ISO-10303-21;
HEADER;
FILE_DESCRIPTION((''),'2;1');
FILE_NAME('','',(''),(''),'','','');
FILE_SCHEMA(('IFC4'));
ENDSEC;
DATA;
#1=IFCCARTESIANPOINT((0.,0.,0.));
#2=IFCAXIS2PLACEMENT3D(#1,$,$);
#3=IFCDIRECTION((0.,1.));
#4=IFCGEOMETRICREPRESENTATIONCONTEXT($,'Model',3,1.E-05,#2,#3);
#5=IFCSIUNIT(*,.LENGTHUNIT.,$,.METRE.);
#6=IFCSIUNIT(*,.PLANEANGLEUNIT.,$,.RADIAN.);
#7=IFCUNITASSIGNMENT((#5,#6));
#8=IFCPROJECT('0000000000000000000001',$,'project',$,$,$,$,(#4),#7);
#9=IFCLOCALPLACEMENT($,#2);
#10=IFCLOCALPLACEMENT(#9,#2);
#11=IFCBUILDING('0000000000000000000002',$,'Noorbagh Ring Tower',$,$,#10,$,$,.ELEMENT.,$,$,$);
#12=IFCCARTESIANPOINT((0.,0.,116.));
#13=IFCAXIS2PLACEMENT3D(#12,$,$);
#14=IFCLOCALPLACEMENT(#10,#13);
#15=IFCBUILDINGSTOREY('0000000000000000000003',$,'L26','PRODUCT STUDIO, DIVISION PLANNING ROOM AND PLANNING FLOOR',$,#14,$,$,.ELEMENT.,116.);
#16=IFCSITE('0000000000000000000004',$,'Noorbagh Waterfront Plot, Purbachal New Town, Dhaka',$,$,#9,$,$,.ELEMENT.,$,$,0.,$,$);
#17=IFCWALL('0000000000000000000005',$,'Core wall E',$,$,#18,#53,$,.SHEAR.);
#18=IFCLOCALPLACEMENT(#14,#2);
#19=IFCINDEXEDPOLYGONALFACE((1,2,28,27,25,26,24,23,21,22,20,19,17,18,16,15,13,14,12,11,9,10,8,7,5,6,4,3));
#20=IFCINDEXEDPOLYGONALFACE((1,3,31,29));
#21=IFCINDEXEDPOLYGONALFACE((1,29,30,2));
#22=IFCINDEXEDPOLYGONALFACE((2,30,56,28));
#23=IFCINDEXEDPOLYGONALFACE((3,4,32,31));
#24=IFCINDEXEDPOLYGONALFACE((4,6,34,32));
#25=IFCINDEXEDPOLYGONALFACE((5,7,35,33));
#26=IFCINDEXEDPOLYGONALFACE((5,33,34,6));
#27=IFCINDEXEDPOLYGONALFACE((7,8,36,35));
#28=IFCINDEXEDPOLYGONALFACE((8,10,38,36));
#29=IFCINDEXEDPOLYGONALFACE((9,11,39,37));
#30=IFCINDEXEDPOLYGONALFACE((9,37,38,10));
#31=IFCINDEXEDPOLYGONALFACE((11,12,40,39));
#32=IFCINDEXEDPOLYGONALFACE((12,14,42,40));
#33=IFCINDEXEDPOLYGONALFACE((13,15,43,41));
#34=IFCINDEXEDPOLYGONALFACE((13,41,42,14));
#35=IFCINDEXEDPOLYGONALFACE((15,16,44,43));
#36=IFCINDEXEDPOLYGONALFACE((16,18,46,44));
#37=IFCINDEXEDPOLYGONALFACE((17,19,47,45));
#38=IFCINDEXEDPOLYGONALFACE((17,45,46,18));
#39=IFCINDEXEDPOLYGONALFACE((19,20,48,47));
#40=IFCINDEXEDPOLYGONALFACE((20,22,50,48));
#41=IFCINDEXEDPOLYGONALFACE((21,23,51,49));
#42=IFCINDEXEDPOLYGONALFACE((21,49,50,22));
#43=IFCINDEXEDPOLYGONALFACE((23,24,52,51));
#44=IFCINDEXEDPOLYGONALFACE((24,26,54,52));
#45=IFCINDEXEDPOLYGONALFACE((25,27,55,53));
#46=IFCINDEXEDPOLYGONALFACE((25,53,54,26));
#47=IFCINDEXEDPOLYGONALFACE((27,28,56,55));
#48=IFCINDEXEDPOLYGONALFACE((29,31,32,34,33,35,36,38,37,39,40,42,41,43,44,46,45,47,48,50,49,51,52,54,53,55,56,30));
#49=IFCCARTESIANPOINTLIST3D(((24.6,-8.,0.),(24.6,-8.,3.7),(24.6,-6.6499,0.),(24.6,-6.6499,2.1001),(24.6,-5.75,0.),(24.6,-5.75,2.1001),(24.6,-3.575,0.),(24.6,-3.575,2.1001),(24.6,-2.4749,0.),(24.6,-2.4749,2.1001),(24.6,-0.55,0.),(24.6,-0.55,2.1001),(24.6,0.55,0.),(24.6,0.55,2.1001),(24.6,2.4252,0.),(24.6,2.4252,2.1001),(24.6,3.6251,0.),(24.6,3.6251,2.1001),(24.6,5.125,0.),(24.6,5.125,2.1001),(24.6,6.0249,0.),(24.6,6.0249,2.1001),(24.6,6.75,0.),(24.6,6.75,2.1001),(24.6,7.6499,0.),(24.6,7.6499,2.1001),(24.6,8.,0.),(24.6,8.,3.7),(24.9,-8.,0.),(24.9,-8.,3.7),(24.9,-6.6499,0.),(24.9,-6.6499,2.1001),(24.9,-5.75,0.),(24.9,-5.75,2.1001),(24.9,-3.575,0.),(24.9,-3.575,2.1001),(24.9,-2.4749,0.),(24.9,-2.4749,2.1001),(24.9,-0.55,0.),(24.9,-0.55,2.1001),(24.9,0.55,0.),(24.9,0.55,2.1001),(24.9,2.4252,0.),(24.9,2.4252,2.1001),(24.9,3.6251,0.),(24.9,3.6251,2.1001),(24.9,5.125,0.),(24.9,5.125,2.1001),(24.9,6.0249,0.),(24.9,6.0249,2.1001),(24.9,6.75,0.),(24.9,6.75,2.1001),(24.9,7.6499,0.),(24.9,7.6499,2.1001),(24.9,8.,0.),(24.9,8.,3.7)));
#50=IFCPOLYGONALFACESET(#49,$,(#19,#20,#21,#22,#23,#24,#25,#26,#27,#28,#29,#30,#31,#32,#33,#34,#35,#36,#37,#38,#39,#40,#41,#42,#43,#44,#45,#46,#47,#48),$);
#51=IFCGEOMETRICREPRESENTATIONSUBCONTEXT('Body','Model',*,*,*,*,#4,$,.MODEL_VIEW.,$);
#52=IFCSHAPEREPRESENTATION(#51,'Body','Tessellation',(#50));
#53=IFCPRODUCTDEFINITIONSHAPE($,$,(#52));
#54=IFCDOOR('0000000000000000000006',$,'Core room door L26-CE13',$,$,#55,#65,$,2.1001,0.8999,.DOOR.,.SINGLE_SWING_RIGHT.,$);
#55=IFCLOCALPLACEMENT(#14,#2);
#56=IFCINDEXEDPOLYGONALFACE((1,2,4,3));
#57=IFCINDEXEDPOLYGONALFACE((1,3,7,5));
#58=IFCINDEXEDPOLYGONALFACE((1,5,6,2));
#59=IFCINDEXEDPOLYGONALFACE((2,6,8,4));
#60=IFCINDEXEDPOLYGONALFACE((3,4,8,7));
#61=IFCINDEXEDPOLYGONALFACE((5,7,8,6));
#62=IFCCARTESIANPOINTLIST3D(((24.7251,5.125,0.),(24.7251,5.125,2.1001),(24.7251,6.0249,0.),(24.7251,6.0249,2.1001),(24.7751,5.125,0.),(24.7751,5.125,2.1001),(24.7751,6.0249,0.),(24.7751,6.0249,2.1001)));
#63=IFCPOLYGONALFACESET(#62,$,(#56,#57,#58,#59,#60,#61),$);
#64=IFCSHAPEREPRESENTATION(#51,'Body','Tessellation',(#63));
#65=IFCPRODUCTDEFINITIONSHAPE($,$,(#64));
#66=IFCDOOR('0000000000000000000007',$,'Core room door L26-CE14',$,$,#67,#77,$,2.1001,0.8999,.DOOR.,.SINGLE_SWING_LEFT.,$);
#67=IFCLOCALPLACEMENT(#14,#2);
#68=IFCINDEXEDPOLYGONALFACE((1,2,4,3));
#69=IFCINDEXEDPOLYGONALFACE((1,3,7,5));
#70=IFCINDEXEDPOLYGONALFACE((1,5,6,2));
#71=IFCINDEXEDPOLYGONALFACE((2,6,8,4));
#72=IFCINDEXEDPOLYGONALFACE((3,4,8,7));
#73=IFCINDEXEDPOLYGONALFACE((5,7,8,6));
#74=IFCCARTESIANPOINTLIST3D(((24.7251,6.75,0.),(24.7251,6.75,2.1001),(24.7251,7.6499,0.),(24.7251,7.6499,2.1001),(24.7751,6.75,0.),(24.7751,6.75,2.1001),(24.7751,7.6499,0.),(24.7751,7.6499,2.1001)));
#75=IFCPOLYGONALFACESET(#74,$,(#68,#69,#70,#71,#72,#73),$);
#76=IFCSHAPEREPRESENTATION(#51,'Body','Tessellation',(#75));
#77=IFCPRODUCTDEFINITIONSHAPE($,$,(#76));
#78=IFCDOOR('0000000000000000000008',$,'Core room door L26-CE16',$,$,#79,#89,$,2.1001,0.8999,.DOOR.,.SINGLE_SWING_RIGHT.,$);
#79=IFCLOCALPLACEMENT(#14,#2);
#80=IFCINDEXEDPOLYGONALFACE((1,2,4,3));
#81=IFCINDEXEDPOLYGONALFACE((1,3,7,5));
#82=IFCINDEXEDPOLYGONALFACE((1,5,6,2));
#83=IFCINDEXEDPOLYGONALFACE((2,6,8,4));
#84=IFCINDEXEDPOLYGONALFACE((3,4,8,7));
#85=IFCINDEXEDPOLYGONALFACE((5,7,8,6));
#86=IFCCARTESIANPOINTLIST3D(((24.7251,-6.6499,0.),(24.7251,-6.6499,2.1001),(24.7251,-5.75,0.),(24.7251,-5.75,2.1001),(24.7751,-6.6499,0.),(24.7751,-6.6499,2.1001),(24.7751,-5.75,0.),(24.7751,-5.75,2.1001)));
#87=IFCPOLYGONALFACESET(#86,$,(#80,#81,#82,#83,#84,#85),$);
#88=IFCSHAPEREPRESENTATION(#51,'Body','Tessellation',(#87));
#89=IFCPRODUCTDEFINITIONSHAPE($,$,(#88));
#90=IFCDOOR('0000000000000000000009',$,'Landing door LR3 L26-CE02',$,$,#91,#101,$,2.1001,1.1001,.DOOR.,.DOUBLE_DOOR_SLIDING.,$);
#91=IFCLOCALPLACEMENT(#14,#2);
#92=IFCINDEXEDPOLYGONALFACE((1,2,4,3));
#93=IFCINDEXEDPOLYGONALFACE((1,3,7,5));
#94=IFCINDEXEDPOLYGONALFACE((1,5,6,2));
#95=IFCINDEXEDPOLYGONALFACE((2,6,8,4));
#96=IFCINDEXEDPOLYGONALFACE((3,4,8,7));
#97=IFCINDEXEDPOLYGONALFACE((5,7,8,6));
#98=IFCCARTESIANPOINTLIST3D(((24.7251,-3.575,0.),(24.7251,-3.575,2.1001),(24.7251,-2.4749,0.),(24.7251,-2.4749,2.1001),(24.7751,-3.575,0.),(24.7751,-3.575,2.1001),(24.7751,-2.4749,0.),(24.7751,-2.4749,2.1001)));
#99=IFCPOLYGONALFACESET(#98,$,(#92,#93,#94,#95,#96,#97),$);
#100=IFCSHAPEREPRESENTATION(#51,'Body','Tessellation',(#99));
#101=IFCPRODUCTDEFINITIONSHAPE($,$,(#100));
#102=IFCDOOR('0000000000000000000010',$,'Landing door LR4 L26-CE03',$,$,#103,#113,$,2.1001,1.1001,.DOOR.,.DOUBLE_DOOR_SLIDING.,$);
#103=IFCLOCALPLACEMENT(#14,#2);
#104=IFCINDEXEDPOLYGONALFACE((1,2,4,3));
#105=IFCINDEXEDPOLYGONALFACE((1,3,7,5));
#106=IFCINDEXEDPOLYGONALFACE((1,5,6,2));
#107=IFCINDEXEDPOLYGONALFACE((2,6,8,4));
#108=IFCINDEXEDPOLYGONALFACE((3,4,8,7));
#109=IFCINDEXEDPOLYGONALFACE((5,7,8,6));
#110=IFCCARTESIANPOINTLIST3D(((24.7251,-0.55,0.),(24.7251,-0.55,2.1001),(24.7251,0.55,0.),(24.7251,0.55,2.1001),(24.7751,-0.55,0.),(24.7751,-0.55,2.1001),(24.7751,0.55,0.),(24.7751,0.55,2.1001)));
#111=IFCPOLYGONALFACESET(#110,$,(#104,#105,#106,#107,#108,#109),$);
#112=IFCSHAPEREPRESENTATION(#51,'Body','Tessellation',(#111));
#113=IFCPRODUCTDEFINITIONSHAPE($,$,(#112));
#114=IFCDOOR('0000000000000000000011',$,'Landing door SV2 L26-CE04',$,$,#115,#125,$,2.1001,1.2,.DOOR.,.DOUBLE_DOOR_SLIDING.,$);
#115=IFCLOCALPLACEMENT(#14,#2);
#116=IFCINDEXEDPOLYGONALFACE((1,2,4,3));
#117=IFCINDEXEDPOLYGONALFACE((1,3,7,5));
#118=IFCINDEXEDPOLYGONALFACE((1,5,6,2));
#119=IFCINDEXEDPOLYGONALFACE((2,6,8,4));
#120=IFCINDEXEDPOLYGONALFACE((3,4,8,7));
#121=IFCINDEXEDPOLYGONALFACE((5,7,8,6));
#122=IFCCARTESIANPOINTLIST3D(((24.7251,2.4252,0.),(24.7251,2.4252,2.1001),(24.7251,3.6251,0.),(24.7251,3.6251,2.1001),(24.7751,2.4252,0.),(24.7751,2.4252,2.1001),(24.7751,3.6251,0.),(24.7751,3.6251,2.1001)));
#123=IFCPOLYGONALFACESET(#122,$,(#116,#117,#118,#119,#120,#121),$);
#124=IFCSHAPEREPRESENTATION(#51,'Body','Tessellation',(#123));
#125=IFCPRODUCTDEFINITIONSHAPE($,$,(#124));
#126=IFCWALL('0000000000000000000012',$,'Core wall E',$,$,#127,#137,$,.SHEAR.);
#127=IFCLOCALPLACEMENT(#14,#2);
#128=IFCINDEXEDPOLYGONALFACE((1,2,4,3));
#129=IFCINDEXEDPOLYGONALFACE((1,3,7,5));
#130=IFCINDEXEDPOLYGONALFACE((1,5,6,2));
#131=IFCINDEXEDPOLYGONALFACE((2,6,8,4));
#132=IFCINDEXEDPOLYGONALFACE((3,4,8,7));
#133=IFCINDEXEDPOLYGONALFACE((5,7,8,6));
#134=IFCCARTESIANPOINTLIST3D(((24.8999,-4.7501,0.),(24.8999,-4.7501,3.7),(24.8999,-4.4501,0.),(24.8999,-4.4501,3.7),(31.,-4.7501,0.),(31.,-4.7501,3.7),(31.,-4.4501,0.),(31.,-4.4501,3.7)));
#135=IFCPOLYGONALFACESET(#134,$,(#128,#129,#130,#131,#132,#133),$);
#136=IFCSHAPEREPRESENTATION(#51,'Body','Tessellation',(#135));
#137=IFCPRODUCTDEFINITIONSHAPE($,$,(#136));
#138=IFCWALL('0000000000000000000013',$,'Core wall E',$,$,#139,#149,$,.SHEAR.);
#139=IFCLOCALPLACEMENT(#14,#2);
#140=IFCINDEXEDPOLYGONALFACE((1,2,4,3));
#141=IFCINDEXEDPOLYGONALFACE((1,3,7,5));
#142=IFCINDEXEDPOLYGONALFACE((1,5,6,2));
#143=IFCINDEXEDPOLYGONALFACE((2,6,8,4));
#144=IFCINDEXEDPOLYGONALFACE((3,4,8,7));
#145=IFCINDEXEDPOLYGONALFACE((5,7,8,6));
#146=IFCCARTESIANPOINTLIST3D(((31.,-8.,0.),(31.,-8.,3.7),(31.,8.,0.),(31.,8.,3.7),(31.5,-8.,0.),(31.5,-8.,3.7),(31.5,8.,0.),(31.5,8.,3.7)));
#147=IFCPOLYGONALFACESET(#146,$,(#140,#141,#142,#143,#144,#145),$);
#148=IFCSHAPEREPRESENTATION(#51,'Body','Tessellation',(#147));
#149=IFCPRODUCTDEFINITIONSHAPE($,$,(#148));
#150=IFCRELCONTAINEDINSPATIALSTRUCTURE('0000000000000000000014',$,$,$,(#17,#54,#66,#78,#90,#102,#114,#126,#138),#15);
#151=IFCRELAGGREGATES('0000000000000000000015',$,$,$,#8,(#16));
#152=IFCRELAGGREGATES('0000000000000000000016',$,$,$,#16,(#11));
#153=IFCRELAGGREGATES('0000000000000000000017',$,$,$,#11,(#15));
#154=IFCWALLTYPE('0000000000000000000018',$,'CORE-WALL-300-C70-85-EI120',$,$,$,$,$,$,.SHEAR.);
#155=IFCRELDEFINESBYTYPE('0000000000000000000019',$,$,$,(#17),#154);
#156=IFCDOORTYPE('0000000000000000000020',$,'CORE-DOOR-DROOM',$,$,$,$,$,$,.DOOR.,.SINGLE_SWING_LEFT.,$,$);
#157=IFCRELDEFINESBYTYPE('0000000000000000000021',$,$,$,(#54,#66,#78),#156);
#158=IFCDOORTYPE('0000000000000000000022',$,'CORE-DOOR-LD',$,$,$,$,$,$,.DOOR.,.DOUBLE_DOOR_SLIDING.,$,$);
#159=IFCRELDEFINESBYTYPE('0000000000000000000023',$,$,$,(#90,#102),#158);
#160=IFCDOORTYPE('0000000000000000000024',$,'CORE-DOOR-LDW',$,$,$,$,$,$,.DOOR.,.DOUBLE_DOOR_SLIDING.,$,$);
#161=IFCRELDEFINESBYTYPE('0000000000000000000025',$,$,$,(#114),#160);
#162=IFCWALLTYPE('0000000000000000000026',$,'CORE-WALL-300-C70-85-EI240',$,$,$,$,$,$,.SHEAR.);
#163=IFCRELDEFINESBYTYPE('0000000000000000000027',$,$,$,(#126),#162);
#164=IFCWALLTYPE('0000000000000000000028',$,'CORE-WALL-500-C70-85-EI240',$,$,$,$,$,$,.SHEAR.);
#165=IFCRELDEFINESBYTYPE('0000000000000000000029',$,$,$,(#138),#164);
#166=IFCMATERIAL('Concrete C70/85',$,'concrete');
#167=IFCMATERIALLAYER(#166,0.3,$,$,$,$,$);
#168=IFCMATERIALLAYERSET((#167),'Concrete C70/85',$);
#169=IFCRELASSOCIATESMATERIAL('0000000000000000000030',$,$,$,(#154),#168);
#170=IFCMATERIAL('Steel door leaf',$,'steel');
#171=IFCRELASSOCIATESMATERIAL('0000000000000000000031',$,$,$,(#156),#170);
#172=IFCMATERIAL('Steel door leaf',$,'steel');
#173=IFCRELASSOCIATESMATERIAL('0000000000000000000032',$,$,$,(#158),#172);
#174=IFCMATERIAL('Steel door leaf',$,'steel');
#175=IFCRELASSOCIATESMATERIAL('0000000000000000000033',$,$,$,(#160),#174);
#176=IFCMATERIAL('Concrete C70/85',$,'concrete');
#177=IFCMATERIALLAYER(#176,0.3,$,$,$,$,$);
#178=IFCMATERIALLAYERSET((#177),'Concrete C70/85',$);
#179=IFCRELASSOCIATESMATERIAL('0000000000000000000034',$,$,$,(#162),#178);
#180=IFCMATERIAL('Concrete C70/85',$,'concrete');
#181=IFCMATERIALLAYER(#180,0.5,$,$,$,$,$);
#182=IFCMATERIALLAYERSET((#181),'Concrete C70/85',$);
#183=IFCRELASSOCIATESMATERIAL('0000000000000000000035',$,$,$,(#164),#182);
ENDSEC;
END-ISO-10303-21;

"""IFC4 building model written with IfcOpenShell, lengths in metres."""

from ifc_helpers import new_model, si_unit, direction, frame, frame_2d, origin, place, context, subcontext, project, spatial, rectangle, extrude, material, layer, layer_set, type_object, element, fill, save


model = new_model("IFC4")

# Units and contexts
model_context = context("Model", 3, precision=1e-05, world=origin(), true_north=direction((0.0, 1.0)))
body_context = subcontext(model_context, "Body", "Model", "MODEL_VIEW")
ifc_project = project(units=[si_unit("LENGTHUNIT", "METRE"), si_unit("PLANEANGLEUNIT", "RADIAN")], contexts=[model_context])

# Site, building, storey
site_placement = place(None, origin())
site = spatial("IfcSite", under=ifc_project, at=site_placement, Name="Noorbagh Waterfront Plot, Purbachal New Town, Dhaka", CompositionType="ELEMENT", RefElevation=0.0)
building_placement = place(site_placement, origin())
building = spatial("IfcBuilding", under=site, at=building_placement, Name="Noorbagh Ring Tower", CompositionType="ELEMENT")
storey_placement = place(building_placement, frame((0.0, 0.0, 116.0)))
storey = spatial("IfcBuildingStorey", under=building, at=storey_placement, Name="L26", Description="PRODUCT STUDIO, DIVISION PLANNING ROOM AND PLANNING FLOOR", CompositionType="ELEMENT", Elevation=116.0)

# Shared definitions
ifc_material_1 = material(Name="Concrete C70/85", Category="concrete")
ifc_layer_1 = layer(ifc_material_1, 0.3)
ifc_layer_set_1 = layer_set([ifc_layer_1], Name="Concrete C70/85")
wall_type_1 = type_object("IfcWallType", Name="CORE-WALL-300-C70-85-EI120", PredefinedType="SHEAR", material=ifc_layer_set_1)

# Wall, openings, doors
wall_1_placement = place(storey_placement, frame((24.75, -8.0, 0.0), z_axis=(0.0, 0.0, 1.0), x_axis=(0.0, 1.0, 0.0)))
wall_1 = element("IfcWall", 1, at=wall_1_placement, inside=storey, type_object=wall_type_1, Name="Core wall E", PredefinedType="SHEAR", context=body_context, shape_type="SweptSolid", body=[
    extrude(rectangle(XDim=16.0, YDim=0.3, at=frame_2d((8.0, 0.0))), origin(), (0.0, 0.0, 1.0), 3.7),
])
opening_1_placement = place(wall_1_placement, frame((4.425, 0.0, 0.0)))
opening_1 = element("IfcOpeningElement", 2, at=opening_1_placement, cuts=wall_1, PredefinedType="OPENING", context=body_context, shape_type="SweptSolid", body=[
    extrude(rectangle(XDim=1.1001, YDim=2.1001, at=frame_2d((0.55, 1.05))), frame((0.0, 0.1602, 0.0), z_axis=(0.0, -1.0, 0.0), x_axis=(1.0, 0.0, 0.0)), (0.0, 0.0, 1.0), 0.3201),
])
opening_2_placement = place(wall_1_placement, frame((7.45, 0.0, 0.0)))
opening_2 = element("IfcOpeningElement", 3, at=opening_2_placement, cuts=wall_1, PredefinedType="OPENING", context=body_context, shape_type="SweptSolid", body=[
    extrude(rectangle(XDim=1.1001, YDim=2.1001, at=frame_2d((0.55, 1.05))), frame((0.0, 0.1602, 0.0), z_axis=(0.0, -1.0, 0.0), x_axis=(1.0, 0.0, 0.0)), (0.0, 0.0, 1.0), 0.3201),
])
opening_3_placement = place(wall_1_placement, frame((10.425, 0.0, 0.0)))
opening_3 = element("IfcOpeningElement", 4, at=opening_3_placement, cuts=wall_1, PredefinedType="OPENING", context=body_context, shape_type="SweptSolid", body=[
    extrude(rectangle(XDim=1.2, YDim=2.1001, at=frame_2d((0.6001, 1.05))), frame((0.0, 0.1602, 0.0), z_axis=(0.0, -1.0, 0.0), x_axis=(1.0, 0.0, 0.0)), (0.0, 0.0, 1.0), 0.3201),
])
opening_4_placement = place(wall_1_placement, frame((13.125, 0.0, 0.0)))
opening_4 = element("IfcOpeningElement", 5, at=opening_4_placement, cuts=wall_1, PredefinedType="OPENING", context=body_context, shape_type="SweptSolid", body=[
    extrude(rectangle(XDim=0.8999, YDim=2.1001, at=frame_2d((0.45, 1.05))), frame((0.0, 0.1602, 0.0), z_axis=(0.0, -1.0, 0.0), x_axis=(1.0, 0.0, 0.0)), (0.0, 0.0, 1.0), 0.3201),
])
opening_5_placement = place(wall_1_placement, frame((14.75, 0.0, 0.0)))
opening_5 = element("IfcOpeningElement", 6, at=opening_5_placement, cuts=wall_1, PredefinedType="OPENING", context=body_context, shape_type="SweptSolid", body=[
    extrude(rectangle(XDim=0.8999, YDim=2.1001, at=frame_2d((0.45, 1.05))), frame((0.0, 0.1602, 0.0), z_axis=(0.0, -1.0, 0.0), x_axis=(1.0, 0.0, 0.0)), (0.0, 0.0, 1.0), 0.3201),
])
opening_6_placement = place(wall_1_placement, frame((1.3501, 0.0, 0.0)))
opening_6 = element("IfcOpeningElement", 7, at=opening_6_placement, cuts=wall_1, PredefinedType="OPENING", context=body_context, shape_type="SweptSolid", body=[
    extrude(rectangle(XDim=0.8999, YDim=2.1001, at=frame_2d((0.45, 1.05))), frame((0.0, 0.1602, 0.0), z_axis=(0.0, -1.0, 0.0), x_axis=(1.0, 0.0, 0.0)), (0.0, 0.0, 1.0), 0.3201),
])
ifc_material_2 = material(Name="Steel door leaf", Category="steel")
door_type_1 = type_object("IfcDoorType", Name="CORE-DOOR-DROOM", OperationType="SINGLE_SWING_LEFT", PredefinedType="DOOR", material=ifc_material_2)
door_1_placement = place(opening_4_placement, origin())
door_1 = element("IfcDoor", 8, at=door_1_placement, inside=storey, type_object=door_type_1, Name="Core room door L26-CE13", OperationType="SINGLE_SWING_RIGHT", OverallHeight=2.1001, OverallWidth=0.8999, PredefinedType="DOOR", context=body_context, shape_type="SweptSolid", body=[
    extrude(rectangle(XDim=0.8999, YDim=2.1001, at=frame_2d((0.45, 1.05))), frame((0.0, 0.0249, 0.0), z_axis=(0.0, -1.0, 0.0), x_axis=(1.0, 0.0, 0.0)), (0.0, 0.0, 1.0), 0.05),
])
fill(opening_4, door_1)
door_2_placement = place(opening_5_placement, origin())
door_2 = element("IfcDoor", 9, at=door_2_placement, inside=storey, type_object=door_type_1, Name="Core room door L26-CE14", OperationType="SINGLE_SWING_LEFT", OverallHeight=2.1001, OverallWidth=0.8999, PredefinedType="DOOR", context=body_context, shape_type="SweptSolid", body=[
    extrude(rectangle(XDim=0.8999, YDim=2.1001, at=frame_2d((0.45, 1.05))), frame((0.0, 0.0249, 0.0), z_axis=(0.0, -1.0, 0.0), x_axis=(1.0, 0.0, 0.0)), (0.0, 0.0, 1.0), 0.05),
])
fill(opening_5, door_2)
door_3_placement = place(opening_6_placement, origin())
door_3 = element("IfcDoor", 10, at=door_3_placement, inside=storey, type_object=door_type_1, Name="Core room door L26-CE16", OperationType="SINGLE_SWING_RIGHT", OverallHeight=2.1001, OverallWidth=0.8999, PredefinedType="DOOR", context=body_context, shape_type="SweptSolid", body=[
    extrude(rectangle(XDim=0.8999, YDim=2.1001, at=frame_2d((0.45, 1.05))), frame((0.0, 0.0249, 0.0), z_axis=(0.0, -1.0, 0.0), x_axis=(1.0, 0.0, 0.0)), (0.0, 0.0, 1.0), 0.05),
])
fill(opening_6, door_3)
ifc_material_3 = material(Name="Steel door leaf", Category="steel")
door_type_2 = type_object("IfcDoorType", Name="CORE-DOOR-LD", OperationType="DOUBLE_DOOR_SLIDING", PredefinedType="DOOR", material=ifc_material_3)
door_4_placement = place(opening_1_placement, origin())
door_4 = element("IfcDoor", 11, at=door_4_placement, inside=storey, type_object=door_type_2, Name="Landing door LR3 L26-CE02", OperationType="DOUBLE_DOOR_SLIDING", OverallHeight=2.1001, OverallWidth=1.1001, PredefinedType="DOOR", context=body_context, shape_type="SweptSolid", body=[
    extrude(rectangle(XDim=1.1001, YDim=2.1001, at=frame_2d((0.55, 1.05))), frame((0.0, 0.0249, 0.0), z_axis=(0.0, -1.0, 0.0), x_axis=(1.0, 0.0, 0.0)), (0.0, 0.0, 1.0), 0.05),
])
fill(opening_1, door_4)
door_5_placement = place(opening_2_placement, origin())
door_5 = element("IfcDoor", 12, at=door_5_placement, inside=storey, type_object=door_type_2, Name="Landing door LR4 L26-CE03", OperationType="DOUBLE_DOOR_SLIDING", OverallHeight=2.1001, OverallWidth=1.1001, PredefinedType="DOOR", context=body_context, shape_type="SweptSolid", body=[
    extrude(rectangle(XDim=1.1001, YDim=2.1001, at=frame_2d((0.55, 1.05))), frame((0.0, 0.0249, 0.0), z_axis=(0.0, -1.0, 0.0), x_axis=(1.0, 0.0, 0.0)), (0.0, 0.0, 1.0), 0.05),
])
fill(opening_2, door_5)
ifc_material_4 = material(Name="Steel door leaf", Category="steel")
door_type_3 = type_object("IfcDoorType", Name="CORE-DOOR-LDW", OperationType="DOUBLE_DOOR_SLIDING", PredefinedType="DOOR", material=ifc_material_4)
door_6_placement = place(opening_3_placement, origin())
door_6 = element("IfcDoor", 13, at=door_6_placement, inside=storey, type_object=door_type_3, Name="Landing door SV2 L26-CE04", OperationType="DOUBLE_DOOR_SLIDING", OverallHeight=2.1001, OverallWidth=1.2, PredefinedType="DOOR", context=body_context, shape_type="SweptSolid", body=[
    extrude(rectangle(XDim=1.2, YDim=2.1001, at=frame_2d((0.6001, 1.05))), frame((0.0, 0.0249, 0.0), z_axis=(0.0, -1.0, 0.0), x_axis=(1.0, 0.0, 0.0)), (0.0, 0.0, 1.0), 0.05),
])
fill(opening_3, door_6)

# Walls
ifc_material_5 = material(Name="Concrete C70/85", Category="concrete")
ifc_layer_2 = layer(ifc_material_5, 0.3)
ifc_layer_set_2 = layer_set([ifc_layer_2], Name="Concrete C70/85")
wall_type_2 = type_object("IfcWallType", Name="CORE-WALL-300-C70-85-EI240", PredefinedType="SHEAR", material=ifc_layer_set_2)
wall_2_placement = place(storey_placement, frame((24.8999, -4.6001, 0.0), z_axis=(0.0, 0.0, 1.0), x_axis=(1.0, 0.0, 0.0)))
element("IfcWall", 14, at=wall_2_placement, inside=storey, type_object=wall_type_2, Name="Core wall E", PredefinedType="SHEAR", context=body_context, shape_type="SweptSolid", body=[
    extrude(rectangle(XDim=6.1001, YDim=0.3, at=frame_2d((3.05, 0.0))), origin(), (0.0, 0.0, 1.0), 3.7),
])
ifc_material_6 = material(Name="Concrete C70/85", Category="concrete")
ifc_layer_3 = layer(ifc_material_6, 0.5)
ifc_layer_set_3 = layer_set([ifc_layer_3], Name="Concrete C70/85")
wall_type_3 = type_object("IfcWallType", Name="CORE-WALL-500-C70-85-EI240", PredefinedType="SHEAR", material=ifc_layer_set_3)
wall_3_placement = place(storey_placement, frame((31.25, -8.0, 0.0), z_axis=(0.0, 0.0, 1.0), x_axis=(0.0, 1.0, 0.0)))
element("IfcWall", 15, at=wall_3_placement, inside=storey, type_object=wall_type_3, Name="Core wall E", PredefinedType="SHEAR", context=body_context, shape_type="SweptSolid", body=[
    extrude(rectangle(XDim=16.0, YDim=0.5, at=frame_2d((8.0, 0.0))), origin(), (0.0, 0.0, 1.0), 3.7),
])

save(model, "model.ifc")
